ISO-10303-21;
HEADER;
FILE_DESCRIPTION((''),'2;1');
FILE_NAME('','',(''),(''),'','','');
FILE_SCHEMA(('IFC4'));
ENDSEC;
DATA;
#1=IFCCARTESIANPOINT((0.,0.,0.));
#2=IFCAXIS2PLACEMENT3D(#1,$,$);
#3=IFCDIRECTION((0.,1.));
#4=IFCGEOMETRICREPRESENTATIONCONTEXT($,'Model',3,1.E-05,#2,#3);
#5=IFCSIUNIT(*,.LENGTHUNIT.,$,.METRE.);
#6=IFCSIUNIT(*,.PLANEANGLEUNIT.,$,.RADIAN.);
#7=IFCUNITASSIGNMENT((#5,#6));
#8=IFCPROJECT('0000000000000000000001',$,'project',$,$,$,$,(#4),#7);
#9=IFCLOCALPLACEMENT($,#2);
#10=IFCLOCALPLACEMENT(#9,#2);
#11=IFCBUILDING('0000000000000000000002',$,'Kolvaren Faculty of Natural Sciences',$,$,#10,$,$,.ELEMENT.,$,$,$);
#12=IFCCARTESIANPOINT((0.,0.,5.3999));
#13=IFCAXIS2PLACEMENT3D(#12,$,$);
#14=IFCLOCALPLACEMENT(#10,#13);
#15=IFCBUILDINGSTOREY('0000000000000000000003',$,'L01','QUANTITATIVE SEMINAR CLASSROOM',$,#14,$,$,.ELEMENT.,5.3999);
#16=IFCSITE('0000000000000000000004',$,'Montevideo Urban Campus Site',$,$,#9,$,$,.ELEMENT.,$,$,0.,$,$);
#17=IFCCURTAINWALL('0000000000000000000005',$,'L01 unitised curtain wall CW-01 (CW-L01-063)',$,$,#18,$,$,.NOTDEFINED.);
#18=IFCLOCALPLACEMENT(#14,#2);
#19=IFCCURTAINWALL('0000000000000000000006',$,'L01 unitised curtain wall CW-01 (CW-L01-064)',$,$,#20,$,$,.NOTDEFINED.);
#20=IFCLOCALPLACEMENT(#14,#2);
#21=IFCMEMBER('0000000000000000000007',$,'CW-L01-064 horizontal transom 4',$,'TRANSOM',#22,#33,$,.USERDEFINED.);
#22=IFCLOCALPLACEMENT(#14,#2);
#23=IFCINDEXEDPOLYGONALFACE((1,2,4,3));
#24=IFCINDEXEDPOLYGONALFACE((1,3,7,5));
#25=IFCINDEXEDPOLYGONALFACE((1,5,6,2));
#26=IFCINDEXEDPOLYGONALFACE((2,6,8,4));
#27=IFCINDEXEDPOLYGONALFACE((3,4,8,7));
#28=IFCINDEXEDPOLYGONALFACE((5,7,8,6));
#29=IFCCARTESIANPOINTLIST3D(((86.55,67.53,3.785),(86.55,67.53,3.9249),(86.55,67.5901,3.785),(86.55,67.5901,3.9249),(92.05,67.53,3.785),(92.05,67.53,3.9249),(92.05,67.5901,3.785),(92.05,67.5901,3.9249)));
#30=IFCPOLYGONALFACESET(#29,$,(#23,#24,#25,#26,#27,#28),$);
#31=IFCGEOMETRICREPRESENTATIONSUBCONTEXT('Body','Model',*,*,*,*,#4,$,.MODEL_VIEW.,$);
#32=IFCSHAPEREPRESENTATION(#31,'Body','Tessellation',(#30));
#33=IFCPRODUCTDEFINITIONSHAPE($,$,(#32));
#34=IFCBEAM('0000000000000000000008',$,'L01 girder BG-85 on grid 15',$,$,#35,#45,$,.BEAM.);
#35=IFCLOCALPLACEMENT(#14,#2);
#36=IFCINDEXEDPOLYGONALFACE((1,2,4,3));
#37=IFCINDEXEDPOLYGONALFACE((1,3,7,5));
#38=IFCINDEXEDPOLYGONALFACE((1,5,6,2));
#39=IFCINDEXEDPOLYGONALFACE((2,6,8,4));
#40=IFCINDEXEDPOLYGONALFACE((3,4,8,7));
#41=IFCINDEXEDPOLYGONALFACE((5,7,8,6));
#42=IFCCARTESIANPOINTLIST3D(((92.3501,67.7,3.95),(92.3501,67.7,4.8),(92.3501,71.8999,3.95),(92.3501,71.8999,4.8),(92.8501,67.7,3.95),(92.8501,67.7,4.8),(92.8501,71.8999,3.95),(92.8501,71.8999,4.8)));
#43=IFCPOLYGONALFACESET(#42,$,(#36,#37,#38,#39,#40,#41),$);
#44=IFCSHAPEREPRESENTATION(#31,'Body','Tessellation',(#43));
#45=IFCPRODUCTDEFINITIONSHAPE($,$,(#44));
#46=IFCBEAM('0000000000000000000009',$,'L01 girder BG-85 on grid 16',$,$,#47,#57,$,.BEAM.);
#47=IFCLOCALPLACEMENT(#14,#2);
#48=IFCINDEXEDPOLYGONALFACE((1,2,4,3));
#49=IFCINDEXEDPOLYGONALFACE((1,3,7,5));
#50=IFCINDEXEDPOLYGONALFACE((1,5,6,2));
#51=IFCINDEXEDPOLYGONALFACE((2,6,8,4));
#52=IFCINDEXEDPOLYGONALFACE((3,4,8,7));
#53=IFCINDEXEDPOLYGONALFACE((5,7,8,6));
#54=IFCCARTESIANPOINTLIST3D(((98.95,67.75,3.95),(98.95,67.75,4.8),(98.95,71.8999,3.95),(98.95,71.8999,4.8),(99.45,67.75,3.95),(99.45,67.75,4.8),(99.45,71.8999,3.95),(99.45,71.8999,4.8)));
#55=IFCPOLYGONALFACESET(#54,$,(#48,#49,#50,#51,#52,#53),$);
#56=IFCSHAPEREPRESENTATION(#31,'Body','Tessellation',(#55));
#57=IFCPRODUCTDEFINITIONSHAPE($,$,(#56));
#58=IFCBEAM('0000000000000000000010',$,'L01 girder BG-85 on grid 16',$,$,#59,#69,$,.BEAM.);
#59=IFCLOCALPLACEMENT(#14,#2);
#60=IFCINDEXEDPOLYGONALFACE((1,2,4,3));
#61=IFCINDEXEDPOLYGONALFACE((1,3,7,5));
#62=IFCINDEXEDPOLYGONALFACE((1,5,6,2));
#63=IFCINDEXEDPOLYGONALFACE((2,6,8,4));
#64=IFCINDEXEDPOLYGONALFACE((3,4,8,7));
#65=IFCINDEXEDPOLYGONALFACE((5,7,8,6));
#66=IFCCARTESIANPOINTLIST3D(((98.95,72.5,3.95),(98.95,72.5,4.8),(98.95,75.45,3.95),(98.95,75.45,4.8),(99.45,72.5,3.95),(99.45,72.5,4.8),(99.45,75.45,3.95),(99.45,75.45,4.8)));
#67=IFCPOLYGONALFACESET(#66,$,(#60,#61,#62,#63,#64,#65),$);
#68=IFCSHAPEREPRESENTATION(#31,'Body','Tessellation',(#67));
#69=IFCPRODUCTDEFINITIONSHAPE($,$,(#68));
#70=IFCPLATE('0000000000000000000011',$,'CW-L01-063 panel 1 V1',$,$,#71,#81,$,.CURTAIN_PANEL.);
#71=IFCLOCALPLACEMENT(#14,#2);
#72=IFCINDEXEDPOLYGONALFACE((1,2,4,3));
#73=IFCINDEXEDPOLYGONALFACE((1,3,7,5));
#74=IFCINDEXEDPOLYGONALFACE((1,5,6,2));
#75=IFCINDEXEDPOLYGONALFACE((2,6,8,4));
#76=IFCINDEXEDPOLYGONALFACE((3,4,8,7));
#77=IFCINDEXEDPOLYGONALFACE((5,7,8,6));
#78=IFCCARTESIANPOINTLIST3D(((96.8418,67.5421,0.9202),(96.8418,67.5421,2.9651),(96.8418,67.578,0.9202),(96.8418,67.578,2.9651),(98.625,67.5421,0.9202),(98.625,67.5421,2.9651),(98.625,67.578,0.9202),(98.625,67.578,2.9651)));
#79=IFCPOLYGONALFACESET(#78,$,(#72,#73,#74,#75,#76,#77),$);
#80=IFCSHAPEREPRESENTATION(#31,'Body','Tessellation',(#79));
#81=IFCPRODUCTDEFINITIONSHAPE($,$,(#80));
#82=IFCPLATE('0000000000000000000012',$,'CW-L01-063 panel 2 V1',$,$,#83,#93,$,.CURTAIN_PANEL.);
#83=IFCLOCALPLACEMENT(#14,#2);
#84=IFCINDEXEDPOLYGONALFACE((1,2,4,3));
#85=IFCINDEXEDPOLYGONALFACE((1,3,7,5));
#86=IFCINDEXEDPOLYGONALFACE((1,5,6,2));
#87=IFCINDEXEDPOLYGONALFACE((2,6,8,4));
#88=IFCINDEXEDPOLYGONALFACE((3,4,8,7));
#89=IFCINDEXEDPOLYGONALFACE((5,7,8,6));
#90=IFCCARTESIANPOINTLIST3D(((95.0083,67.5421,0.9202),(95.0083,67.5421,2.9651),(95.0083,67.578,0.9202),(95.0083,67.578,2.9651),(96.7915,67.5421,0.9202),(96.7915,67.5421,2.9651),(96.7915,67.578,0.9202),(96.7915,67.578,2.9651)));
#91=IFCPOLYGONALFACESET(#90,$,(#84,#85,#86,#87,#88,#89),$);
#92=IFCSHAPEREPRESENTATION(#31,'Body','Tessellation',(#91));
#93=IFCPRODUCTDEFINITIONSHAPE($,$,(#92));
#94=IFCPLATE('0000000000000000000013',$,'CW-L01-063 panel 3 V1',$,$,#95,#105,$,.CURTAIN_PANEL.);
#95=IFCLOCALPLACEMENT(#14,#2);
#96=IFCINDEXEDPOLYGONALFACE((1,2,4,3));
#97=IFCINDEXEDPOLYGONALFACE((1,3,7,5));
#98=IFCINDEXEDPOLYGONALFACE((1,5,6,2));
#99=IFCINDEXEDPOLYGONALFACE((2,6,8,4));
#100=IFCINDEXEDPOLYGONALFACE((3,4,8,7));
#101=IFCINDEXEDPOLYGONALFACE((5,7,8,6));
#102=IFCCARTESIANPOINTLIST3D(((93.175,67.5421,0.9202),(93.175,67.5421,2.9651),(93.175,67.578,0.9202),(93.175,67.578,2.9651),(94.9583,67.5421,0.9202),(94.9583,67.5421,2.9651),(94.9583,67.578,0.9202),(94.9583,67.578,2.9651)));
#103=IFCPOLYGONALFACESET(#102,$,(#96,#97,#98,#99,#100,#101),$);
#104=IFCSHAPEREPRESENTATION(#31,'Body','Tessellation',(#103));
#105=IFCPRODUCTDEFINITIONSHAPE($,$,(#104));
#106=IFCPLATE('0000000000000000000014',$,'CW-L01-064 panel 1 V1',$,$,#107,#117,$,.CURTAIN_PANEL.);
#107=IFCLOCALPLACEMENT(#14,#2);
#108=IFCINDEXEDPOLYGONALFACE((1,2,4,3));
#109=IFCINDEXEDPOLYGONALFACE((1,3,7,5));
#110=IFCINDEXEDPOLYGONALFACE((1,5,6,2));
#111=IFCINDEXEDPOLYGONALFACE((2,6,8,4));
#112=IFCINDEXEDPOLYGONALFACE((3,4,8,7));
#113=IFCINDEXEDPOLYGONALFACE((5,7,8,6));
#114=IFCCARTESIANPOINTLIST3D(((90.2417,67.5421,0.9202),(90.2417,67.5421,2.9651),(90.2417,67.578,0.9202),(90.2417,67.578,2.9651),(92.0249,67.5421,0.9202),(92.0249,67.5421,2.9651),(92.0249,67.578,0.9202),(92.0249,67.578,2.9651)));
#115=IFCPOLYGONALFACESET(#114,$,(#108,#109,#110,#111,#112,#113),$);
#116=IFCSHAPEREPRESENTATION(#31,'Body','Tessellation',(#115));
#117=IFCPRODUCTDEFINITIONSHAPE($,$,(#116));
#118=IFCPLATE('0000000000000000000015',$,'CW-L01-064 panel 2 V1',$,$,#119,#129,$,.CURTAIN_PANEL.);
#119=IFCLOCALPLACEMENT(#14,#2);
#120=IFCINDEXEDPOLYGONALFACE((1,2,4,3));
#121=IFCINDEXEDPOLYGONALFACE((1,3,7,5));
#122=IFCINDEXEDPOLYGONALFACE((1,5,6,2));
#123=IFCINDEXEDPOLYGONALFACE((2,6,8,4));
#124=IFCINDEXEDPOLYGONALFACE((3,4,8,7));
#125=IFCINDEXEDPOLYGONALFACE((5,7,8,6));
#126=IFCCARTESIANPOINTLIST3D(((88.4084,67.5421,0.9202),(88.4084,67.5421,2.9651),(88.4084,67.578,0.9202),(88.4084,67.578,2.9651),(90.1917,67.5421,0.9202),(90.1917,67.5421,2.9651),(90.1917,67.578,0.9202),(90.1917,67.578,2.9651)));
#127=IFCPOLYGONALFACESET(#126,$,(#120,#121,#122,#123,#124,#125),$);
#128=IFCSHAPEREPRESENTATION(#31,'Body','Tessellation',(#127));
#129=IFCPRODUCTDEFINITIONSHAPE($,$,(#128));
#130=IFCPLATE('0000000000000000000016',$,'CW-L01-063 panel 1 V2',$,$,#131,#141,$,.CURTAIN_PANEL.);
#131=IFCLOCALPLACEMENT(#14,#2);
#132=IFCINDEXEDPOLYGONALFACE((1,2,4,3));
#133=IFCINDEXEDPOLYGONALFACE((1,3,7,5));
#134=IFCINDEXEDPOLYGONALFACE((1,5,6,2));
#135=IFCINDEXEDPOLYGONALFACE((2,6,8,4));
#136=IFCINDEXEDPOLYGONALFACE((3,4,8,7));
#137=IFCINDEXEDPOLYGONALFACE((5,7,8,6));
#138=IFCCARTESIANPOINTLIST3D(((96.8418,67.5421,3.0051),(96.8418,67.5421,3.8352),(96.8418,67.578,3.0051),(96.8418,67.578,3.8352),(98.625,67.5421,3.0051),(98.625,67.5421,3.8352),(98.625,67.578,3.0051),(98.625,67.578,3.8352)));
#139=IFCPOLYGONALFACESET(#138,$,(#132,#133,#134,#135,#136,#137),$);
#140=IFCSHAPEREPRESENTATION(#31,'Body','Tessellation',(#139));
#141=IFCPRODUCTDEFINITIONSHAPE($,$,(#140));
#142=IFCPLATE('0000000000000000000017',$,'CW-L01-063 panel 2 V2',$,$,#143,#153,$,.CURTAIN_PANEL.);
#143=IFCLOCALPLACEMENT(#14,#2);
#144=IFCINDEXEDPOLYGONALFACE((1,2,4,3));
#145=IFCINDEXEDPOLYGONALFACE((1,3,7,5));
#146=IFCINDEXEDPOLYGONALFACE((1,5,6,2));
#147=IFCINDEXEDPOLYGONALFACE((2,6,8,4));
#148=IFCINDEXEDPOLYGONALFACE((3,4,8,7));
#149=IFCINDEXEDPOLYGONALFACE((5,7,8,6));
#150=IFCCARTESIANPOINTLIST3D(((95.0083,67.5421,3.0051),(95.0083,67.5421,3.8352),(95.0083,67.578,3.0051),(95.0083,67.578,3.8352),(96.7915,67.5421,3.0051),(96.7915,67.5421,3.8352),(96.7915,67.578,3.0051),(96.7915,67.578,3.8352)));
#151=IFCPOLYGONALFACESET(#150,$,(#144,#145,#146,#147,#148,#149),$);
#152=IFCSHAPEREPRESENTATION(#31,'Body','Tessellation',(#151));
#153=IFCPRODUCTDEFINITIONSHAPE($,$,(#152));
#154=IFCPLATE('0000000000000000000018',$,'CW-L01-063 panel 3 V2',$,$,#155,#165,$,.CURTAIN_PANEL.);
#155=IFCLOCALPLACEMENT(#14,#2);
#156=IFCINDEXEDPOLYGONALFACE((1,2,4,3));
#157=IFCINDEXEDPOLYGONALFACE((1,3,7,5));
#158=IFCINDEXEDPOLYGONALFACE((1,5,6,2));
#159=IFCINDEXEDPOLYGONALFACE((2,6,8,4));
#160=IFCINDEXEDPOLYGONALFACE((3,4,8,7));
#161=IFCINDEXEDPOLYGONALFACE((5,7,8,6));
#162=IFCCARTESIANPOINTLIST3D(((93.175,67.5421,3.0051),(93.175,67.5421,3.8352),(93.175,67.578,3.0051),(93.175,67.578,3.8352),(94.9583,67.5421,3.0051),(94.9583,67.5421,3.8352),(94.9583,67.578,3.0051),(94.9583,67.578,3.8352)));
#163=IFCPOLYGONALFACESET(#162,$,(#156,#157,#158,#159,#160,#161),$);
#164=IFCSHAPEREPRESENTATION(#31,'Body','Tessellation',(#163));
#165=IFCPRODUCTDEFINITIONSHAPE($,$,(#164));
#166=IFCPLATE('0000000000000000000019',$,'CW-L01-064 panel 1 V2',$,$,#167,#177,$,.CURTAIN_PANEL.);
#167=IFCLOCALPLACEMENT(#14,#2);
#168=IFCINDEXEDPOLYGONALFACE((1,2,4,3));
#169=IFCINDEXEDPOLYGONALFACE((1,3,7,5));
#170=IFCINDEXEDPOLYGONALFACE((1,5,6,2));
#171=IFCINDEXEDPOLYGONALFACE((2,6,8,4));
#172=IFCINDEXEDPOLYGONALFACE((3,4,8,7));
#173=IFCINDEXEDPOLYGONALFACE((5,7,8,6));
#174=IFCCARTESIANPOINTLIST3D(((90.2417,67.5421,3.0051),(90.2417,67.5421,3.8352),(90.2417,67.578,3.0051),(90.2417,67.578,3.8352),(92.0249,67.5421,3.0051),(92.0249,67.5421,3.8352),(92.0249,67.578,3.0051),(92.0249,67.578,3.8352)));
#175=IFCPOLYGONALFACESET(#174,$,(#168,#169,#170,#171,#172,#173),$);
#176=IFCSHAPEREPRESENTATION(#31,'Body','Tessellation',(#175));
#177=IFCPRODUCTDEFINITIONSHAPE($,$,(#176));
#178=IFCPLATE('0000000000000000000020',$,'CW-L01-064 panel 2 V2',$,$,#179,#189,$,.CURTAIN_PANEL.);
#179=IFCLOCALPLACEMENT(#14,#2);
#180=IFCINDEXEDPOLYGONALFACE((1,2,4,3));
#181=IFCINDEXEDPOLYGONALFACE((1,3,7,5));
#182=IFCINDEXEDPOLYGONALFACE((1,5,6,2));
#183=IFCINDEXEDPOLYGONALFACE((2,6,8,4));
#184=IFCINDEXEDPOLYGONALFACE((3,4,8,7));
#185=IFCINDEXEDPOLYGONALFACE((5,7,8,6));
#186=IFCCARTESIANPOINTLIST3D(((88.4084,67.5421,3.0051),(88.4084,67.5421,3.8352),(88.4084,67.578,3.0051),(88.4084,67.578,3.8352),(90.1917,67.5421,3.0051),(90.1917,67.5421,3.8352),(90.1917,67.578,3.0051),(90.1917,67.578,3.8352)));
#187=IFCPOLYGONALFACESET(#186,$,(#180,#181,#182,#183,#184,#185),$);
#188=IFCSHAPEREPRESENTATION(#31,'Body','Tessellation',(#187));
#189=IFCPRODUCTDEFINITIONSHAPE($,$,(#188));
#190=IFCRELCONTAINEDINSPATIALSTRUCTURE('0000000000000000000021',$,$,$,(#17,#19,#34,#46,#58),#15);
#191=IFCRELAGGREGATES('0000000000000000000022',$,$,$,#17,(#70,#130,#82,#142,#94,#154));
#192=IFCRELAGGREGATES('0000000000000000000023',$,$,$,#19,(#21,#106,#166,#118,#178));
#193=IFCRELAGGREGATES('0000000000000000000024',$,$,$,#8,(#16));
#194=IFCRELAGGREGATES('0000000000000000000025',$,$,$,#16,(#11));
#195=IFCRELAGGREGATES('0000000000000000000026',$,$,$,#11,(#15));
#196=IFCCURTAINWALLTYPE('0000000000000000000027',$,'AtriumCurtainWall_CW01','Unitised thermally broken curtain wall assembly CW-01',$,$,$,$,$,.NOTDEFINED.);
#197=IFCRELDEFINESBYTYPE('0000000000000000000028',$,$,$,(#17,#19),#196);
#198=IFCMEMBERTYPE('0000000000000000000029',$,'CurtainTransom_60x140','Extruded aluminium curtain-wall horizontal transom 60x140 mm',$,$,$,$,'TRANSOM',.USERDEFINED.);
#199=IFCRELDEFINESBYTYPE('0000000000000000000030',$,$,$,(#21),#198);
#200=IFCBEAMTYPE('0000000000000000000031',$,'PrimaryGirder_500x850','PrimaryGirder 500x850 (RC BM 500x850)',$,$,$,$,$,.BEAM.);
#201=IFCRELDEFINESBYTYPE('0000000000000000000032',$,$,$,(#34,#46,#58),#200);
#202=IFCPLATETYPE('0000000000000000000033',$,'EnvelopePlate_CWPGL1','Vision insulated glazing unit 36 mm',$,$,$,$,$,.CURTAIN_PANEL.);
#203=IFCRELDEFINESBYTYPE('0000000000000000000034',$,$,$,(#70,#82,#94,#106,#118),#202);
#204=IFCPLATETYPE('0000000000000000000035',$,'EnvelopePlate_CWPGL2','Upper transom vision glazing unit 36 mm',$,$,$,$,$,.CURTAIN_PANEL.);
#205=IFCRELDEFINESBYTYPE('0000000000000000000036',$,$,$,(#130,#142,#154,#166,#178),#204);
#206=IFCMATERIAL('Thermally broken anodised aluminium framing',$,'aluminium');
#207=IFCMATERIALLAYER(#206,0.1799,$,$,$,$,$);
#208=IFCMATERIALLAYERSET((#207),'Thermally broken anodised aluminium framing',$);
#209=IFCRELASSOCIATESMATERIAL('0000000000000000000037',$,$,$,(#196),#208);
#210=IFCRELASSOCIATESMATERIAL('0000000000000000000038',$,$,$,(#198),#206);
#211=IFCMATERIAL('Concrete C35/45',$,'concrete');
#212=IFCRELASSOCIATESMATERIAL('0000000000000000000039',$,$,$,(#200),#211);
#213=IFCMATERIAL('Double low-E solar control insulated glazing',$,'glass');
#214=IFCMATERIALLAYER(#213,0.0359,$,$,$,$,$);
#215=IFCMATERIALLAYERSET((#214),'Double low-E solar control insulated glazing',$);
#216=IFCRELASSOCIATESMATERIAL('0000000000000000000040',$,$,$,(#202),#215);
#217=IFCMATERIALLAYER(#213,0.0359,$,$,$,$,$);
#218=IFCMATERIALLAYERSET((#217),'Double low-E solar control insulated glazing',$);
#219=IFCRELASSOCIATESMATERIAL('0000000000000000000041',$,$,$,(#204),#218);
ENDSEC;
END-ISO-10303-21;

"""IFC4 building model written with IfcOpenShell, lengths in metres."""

from ifc_helpers import new_model, si_unit, direction, frame, origin, origin_2d, place, context, subcontext, project, spatial, rectangle, extrude, material, layer, layer_set, material_profile, profile_set, type_object, element, aggregate, save


model = new_model("IFC4")

# Units and contexts
model_context = context("Model", 3, precision=1e-05, world=origin(), true_north=direction((0.0, 1.0)))
body_context = subcontext(model_context, "Body", "Model", "MODEL_VIEW")
ifc_project = project(units=[si_unit("LENGTHUNIT", "METRE"), si_unit("PLANEANGLEUNIT", "RADIAN")], contexts=[model_context])

# Site, building, storey
site_placement = place(None, origin())
site = spatial("IfcSite", under=ifc_project, at=site_placement, Name="Montevideo Urban Campus Site", CompositionType="ELEMENT", RefElevation=0.0)
building_placement = place(site_placement, origin())
building = spatial("IfcBuilding", under=site, at=building_placement, Name="Kolvaren Faculty of Natural Sciences", CompositionType="ELEMENT")
storey_placement = place(building_placement, frame((0.0, 0.0, 5.3999)))
storey = spatial("IfcBuildingStorey", under=building, at=storey_placement, Name="L01", Description="QUANTITATIVE SEMINAR CLASSROOM", CompositionType="ELEMENT", Elevation=5.3999)

# Shared definitions
ifc_material_1 = material(Name="Concrete C35/45", Category="concrete")

# Curtain walls
ifc_material_2 = material(Name="Thermally broken anodised aluminium framing", Category="aluminium")
ifc_layer_1 = layer(ifc_material_2, 0.1799)
ifc_layer_set_1 = layer_set([ifc_layer_1], Name="Thermally broken anodised aluminium framing")
curtain_wall_type = type_object("IfcCurtainWallType", Name="AtriumCurtainWall_CW01", Description="Unitised thermally broken curtain wall assembly CW-01", PredefinedType="NOTDEFINED", material=ifc_layer_set_1)
curtain_wall_1_placement = place(storey_placement, origin())
curtain_wall_1 = element("IfcCurtainWall", 1, at=curtain_wall_1_placement, inside=storey, type_object=curtain_wall_type, Name="L01 unitised curtain wall CW-01 (CW-L01-063)", PredefinedType="NOTDEFINED")
curtain_wall_2_placement = place(storey_placement, origin())
curtain_wall_2 = element("IfcCurtainWall", 2, at=curtain_wall_2_placement, inside=storey, type_object=curtain_wall_type, Name="L01 unitised curtain wall CW-01 (CW-L01-064)", PredefinedType="NOTDEFINED")

# Member
ifc_material_profile_1 = material_profile(ifc_material_2, rectangle(XDim=0.0601, YDim=0.1399, at=origin_2d()), Name="ALU TRN 60x140")
ifc_profile_set_1 = profile_set([ifc_material_profile_1], Name="Thermally broken anodised aluminium framing")
member_type_1 = type_object("IfcMemberType", Name="CurtainTransom_60x140", Description="Extruded aluminium curtain-wall horizontal transom 60x140 mm", ElementType="TRANSOM", PredefinedType="USERDEFINED", material=ifc_profile_set_1)
member_1_placement = place(storey_placement, frame((92.05, 67.5601, 3.855), z_axis=(-1.0, 0.0, 0.0), x_axis=(0.0, -1.0, 0.0)))
member_1 = element("IfcMember", 3, at=member_1_placement, type_object=member_type_1, Name="CW-L01-064 horizontal transom 4", ObjectType="TRANSOM", PredefinedType="USERDEFINED", context=body_context, shape_type="SweptSolid", body=[
    extrude(rectangle(XDim=0.0601, YDim=0.1399, at=origin_2d()), origin(), (0.0, 0.0, 1.0), 5.5),
])

# Beams
ifc_material_profile_2 = material_profile(ifc_material_1, rectangle(XDim=0.5, YDim=0.8501, at=origin_2d()), Name="RC BM 500x850")
ifc_profile_set_2 = profile_set([ifc_material_profile_2], Name="Concrete C35/45")
beam_type = type_object("IfcBeamType", Name="PrimaryGirder_500x850", Description="PrimaryGirder 500x850 (RC BM 500x850)", PredefinedType="BEAM", material=ifc_profile_set_2)
beam_1_placement = place(storey_placement, frame((92.6001, 67.7, 4.375), z_axis=(0.0, 1.0, 0.0), x_axis=(-1.0, 0.0, 0.0)))
element("IfcBeam", 4, at=beam_1_placement, inside=storey, type_object=beam_type, Name="L01 girder BG-85 on grid 15", PredefinedType="BEAM", context=body_context, shape_type="SweptSolid", body=[
    extrude(rectangle(XDim=0.5, YDim=0.8501, at=origin_2d()), origin(), (0.0, 0.0, 1.0), 4.2),
])
beam_2_placement = place(storey_placement, frame((99.2, 67.75, 4.375), z_axis=(0.0, 1.0, 0.0), x_axis=(-1.0, 0.0, 0.0)))
element("IfcBeam", 5, at=beam_2_placement, inside=storey, type_object=beam_type, Name="L01 girder BG-85 on grid 16", PredefinedType="BEAM", context=body_context, shape_type="SweptSolid", body=[
    extrude(rectangle(XDim=0.5, YDim=0.8501, at=origin_2d()), origin(), (0.0, 0.0, 1.0), 4.1499),
])
beam_3_placement = place(storey_placement, frame((99.2, 72.5, 4.375), z_axis=(0.0, 1.0, 0.0), x_axis=(-1.0, 0.0, 0.0)))
element("IfcBeam", 6, at=beam_3_placement, inside=storey, type_object=beam_type, Name="L01 girder BG-85 on grid 16", PredefinedType="BEAM", context=body_context, shape_type="SweptSolid", body=[
    extrude(rectangle(XDim=0.5, YDim=0.8501, at=origin_2d()), origin(), (0.0, 0.0, 1.0), 2.95),
])

# Plates
ifc_material_3 = material(Name="Double low-E solar control insulated glazing", Category="glass")
ifc_layer_2 = layer(ifc_material_3, 0.0359)
ifc_layer_set_2 = layer_set([ifc_layer_2], Name="Double low-E solar control insulated glazing")
plate_type_1 = type_object("IfcPlateType", Name="EnvelopePlate_CWPGL1", Description="Vision insulated glazing unit 36 mm", PredefinedType="CURTAIN_PANEL", material=ifc_layer_set_2)
plate_1_placement = place(storey_placement, frame((97.7334, 67.5601, 0.9202), z_axis=(0.0, 0.0, 1.0), x_axis=(-1.0, 0.0, 0.0)))
plate_1 = element("IfcPlate", 7, at=plate_1_placement, type_object=plate_type_1, Name="CW-L01-063 panel 1 V1", PredefinedType="CURTAIN_PANEL", context=body_context, shape_type="SweptSolid", body=[
    extrude(rectangle(XDim=1.7832, YDim=0.0359, at=origin_2d()), origin(), (0.0, 0.0, 1.0), 2.0449),
])
plate_2_placement = place(storey_placement, frame((95.8999, 67.5601, 0.9202), z_axis=(0.0, 0.0, 1.0), x_axis=(-1.0, 0.0, 0.0)))
plate_2 = element("IfcPlate", 8, at=plate_2_placement, type_object=plate_type_1, Name="CW-L01-063 panel 2 V1", PredefinedType="CURTAIN_PANEL", context=body_context, shape_type="SweptSolid", body=[
    extrude(rectangle(XDim=1.7832, YDim=0.0359, at=origin_2d()), origin(), (0.0, 0.0, 1.0), 2.0449),
])
plate_3_placement = place(storey_placement, frame((94.0667, 67.5601, 0.9202), z_axis=(0.0, 0.0, 1.0), x_axis=(-1.0, 0.0, 0.0)))
plate_3 = element("IfcPlate", 9, at=plate_3_placement, type_object=plate_type_1, Name="CW-L01-063 panel 3 V1", PredefinedType="CURTAIN_PANEL", context=body_context, shape_type="SweptSolid", body=[
    extrude(rectangle(XDim=1.7832, YDim=0.0359, at=origin_2d()), origin(), (0.0, 0.0, 1.0), 2.0449),
])
plate_4_placement = place(storey_placement, frame((91.1333, 67.5601, 0.9202), z_axis=(0.0, 0.0, 1.0), x_axis=(-1.0, 0.0, 0.0)))
plate_4 = element("IfcPlate", 10, at=plate_4_placement, type_object=plate_type_1, Name="CW-L01-064 panel 1 V1", PredefinedType="CURTAIN_PANEL", context=body_context, shape_type="SweptSolid", body=[
    extrude(rectangle(XDim=1.7832, YDim=0.0359, at=origin_2d()), origin(), (0.0, 0.0, 1.0), 2.0449),
])
plate_5_placement = place(storey_placement, frame((89.3, 67.5601, 0.9202), z_axis=(0.0, 0.0, 1.0), x_axis=(-1.0, 0.0, 0.0)))
plate_5 = element("IfcPlate", 11, at=plate_5_placement, type_object=plate_type_1, Name="CW-L01-064 panel 2 V1", PredefinedType="CURTAIN_PANEL", context=body_context, shape_type="SweptSolid", body=[
    extrude(rectangle(XDim=1.7832, YDim=0.0359, at=origin_2d()), origin(), (0.0, 0.0, 1.0), 2.0449),
])
ifc_layer_3 = layer(ifc_material_3, 0.0359)
ifc_layer_set_3 = layer_set([ifc_layer_3], Name="Double low-E solar control insulated glazing")
plate_type_2 = type_object("IfcPlateType", Name="EnvelopePlate_CWPGL2", Description="Upper transom vision glazing unit 36 mm", PredefinedType="CURTAIN_PANEL", material=ifc_layer_set_3)
plate_6_placement = place(storey_placement, frame((97.7334, 67.5601, 3.0051), z_axis=(0.0, 0.0, 1.0), x_axis=(-1.0, 0.0, 0.0)))
plate_6 = element("IfcPlate", 12, at=plate_6_placement, type_object=plate_type_2, Name="CW-L01-063 panel 1 V2", PredefinedType="CURTAIN_PANEL", context=body_context, shape_type="SweptSolid", body=[
    extrude(rectangle(XDim=1.7832, YDim=0.0359, at=origin_2d()), origin(), (0.0, 0.0, 1.0), 0.8301),
])
plate_7_placement = place(storey_placement, frame((95.8999, 67.5601, 3.0051), z_axis=(0.0, 0.0, 1.0), x_axis=(-1.0, 0.0, 0.0)))
plate_7 = element("IfcPlate", 13, at=plate_7_placement, type_object=plate_type_2, Name="CW-L01-063 panel 2 V2", PredefinedType="CURTAIN_PANEL", context=body_context, shape_type="SweptSolid", body=[
    extrude(rectangle(XDim=1.7832, YDim=0.0359, at=origin_2d()), origin(), (0.0, 0.0, 1.0), 0.8301),
])
plate_8_placement = place(storey_placement, frame((94.0667, 67.5601, 3.0051), z_axis=(0.0, 0.0, 1.0), x_axis=(-1.0, 0.0, 0.0)))
plate_8 = element("IfcPlate", 14, at=plate_8_placement, type_object=plate_type_2, Name="CW-L01-063 panel 3 V2", PredefinedType="CURTAIN_PANEL", context=body_context, shape_type="SweptSolid", body=[
    extrude(rectangle(XDim=1.7832, YDim=0.0359, at=origin_2d()), origin(), (0.0, 0.0, 1.0), 0.8301),
])
plate_9_placement = place(storey_placement, frame((91.1333, 67.5601, 3.0051), z_axis=(0.0, 0.0, 1.0), x_axis=(-1.0, 0.0, 0.0)))
plate_9 = element("IfcPlate", 15, at=plate_9_placement, type_object=plate_type_2, Name="CW-L01-064 panel 1 V2", PredefinedType="CURTAIN_PANEL", context=body_context, shape_type="SweptSolid", body=[
    extrude(rectangle(XDim=1.7832, YDim=0.0359, at=origin_2d()), origin(), (0.0, 0.0, 1.0), 0.8301),
])
plate_10_placement = place(storey_placement, frame((89.3, 67.5601, 3.0051), z_axis=(0.0, 0.0, 1.0), x_axis=(-1.0, 0.0, 0.0)))
plate_10 = element("IfcPlate", 16, at=plate_10_placement, type_object=plate_type_2, Name="CW-L01-064 panel 2 V2", PredefinedType="CURTAIN_PANEL", context=body_context, shape_type="SweptSolid", body=[
    extrude(rectangle(XDim=1.7832, YDim=0.0359, at=origin_2d()), origin(), (0.0, 0.0, 1.0), 0.8301),
])
aggregate(curtain_wall_1, [plate_1, plate_6, plate_2, plate_7, plate_3, plate_8])
aggregate(curtain_wall_2, [member_1, plate_4, plate_9, plate_5, plate_10])

save(model, "model.ifc")
